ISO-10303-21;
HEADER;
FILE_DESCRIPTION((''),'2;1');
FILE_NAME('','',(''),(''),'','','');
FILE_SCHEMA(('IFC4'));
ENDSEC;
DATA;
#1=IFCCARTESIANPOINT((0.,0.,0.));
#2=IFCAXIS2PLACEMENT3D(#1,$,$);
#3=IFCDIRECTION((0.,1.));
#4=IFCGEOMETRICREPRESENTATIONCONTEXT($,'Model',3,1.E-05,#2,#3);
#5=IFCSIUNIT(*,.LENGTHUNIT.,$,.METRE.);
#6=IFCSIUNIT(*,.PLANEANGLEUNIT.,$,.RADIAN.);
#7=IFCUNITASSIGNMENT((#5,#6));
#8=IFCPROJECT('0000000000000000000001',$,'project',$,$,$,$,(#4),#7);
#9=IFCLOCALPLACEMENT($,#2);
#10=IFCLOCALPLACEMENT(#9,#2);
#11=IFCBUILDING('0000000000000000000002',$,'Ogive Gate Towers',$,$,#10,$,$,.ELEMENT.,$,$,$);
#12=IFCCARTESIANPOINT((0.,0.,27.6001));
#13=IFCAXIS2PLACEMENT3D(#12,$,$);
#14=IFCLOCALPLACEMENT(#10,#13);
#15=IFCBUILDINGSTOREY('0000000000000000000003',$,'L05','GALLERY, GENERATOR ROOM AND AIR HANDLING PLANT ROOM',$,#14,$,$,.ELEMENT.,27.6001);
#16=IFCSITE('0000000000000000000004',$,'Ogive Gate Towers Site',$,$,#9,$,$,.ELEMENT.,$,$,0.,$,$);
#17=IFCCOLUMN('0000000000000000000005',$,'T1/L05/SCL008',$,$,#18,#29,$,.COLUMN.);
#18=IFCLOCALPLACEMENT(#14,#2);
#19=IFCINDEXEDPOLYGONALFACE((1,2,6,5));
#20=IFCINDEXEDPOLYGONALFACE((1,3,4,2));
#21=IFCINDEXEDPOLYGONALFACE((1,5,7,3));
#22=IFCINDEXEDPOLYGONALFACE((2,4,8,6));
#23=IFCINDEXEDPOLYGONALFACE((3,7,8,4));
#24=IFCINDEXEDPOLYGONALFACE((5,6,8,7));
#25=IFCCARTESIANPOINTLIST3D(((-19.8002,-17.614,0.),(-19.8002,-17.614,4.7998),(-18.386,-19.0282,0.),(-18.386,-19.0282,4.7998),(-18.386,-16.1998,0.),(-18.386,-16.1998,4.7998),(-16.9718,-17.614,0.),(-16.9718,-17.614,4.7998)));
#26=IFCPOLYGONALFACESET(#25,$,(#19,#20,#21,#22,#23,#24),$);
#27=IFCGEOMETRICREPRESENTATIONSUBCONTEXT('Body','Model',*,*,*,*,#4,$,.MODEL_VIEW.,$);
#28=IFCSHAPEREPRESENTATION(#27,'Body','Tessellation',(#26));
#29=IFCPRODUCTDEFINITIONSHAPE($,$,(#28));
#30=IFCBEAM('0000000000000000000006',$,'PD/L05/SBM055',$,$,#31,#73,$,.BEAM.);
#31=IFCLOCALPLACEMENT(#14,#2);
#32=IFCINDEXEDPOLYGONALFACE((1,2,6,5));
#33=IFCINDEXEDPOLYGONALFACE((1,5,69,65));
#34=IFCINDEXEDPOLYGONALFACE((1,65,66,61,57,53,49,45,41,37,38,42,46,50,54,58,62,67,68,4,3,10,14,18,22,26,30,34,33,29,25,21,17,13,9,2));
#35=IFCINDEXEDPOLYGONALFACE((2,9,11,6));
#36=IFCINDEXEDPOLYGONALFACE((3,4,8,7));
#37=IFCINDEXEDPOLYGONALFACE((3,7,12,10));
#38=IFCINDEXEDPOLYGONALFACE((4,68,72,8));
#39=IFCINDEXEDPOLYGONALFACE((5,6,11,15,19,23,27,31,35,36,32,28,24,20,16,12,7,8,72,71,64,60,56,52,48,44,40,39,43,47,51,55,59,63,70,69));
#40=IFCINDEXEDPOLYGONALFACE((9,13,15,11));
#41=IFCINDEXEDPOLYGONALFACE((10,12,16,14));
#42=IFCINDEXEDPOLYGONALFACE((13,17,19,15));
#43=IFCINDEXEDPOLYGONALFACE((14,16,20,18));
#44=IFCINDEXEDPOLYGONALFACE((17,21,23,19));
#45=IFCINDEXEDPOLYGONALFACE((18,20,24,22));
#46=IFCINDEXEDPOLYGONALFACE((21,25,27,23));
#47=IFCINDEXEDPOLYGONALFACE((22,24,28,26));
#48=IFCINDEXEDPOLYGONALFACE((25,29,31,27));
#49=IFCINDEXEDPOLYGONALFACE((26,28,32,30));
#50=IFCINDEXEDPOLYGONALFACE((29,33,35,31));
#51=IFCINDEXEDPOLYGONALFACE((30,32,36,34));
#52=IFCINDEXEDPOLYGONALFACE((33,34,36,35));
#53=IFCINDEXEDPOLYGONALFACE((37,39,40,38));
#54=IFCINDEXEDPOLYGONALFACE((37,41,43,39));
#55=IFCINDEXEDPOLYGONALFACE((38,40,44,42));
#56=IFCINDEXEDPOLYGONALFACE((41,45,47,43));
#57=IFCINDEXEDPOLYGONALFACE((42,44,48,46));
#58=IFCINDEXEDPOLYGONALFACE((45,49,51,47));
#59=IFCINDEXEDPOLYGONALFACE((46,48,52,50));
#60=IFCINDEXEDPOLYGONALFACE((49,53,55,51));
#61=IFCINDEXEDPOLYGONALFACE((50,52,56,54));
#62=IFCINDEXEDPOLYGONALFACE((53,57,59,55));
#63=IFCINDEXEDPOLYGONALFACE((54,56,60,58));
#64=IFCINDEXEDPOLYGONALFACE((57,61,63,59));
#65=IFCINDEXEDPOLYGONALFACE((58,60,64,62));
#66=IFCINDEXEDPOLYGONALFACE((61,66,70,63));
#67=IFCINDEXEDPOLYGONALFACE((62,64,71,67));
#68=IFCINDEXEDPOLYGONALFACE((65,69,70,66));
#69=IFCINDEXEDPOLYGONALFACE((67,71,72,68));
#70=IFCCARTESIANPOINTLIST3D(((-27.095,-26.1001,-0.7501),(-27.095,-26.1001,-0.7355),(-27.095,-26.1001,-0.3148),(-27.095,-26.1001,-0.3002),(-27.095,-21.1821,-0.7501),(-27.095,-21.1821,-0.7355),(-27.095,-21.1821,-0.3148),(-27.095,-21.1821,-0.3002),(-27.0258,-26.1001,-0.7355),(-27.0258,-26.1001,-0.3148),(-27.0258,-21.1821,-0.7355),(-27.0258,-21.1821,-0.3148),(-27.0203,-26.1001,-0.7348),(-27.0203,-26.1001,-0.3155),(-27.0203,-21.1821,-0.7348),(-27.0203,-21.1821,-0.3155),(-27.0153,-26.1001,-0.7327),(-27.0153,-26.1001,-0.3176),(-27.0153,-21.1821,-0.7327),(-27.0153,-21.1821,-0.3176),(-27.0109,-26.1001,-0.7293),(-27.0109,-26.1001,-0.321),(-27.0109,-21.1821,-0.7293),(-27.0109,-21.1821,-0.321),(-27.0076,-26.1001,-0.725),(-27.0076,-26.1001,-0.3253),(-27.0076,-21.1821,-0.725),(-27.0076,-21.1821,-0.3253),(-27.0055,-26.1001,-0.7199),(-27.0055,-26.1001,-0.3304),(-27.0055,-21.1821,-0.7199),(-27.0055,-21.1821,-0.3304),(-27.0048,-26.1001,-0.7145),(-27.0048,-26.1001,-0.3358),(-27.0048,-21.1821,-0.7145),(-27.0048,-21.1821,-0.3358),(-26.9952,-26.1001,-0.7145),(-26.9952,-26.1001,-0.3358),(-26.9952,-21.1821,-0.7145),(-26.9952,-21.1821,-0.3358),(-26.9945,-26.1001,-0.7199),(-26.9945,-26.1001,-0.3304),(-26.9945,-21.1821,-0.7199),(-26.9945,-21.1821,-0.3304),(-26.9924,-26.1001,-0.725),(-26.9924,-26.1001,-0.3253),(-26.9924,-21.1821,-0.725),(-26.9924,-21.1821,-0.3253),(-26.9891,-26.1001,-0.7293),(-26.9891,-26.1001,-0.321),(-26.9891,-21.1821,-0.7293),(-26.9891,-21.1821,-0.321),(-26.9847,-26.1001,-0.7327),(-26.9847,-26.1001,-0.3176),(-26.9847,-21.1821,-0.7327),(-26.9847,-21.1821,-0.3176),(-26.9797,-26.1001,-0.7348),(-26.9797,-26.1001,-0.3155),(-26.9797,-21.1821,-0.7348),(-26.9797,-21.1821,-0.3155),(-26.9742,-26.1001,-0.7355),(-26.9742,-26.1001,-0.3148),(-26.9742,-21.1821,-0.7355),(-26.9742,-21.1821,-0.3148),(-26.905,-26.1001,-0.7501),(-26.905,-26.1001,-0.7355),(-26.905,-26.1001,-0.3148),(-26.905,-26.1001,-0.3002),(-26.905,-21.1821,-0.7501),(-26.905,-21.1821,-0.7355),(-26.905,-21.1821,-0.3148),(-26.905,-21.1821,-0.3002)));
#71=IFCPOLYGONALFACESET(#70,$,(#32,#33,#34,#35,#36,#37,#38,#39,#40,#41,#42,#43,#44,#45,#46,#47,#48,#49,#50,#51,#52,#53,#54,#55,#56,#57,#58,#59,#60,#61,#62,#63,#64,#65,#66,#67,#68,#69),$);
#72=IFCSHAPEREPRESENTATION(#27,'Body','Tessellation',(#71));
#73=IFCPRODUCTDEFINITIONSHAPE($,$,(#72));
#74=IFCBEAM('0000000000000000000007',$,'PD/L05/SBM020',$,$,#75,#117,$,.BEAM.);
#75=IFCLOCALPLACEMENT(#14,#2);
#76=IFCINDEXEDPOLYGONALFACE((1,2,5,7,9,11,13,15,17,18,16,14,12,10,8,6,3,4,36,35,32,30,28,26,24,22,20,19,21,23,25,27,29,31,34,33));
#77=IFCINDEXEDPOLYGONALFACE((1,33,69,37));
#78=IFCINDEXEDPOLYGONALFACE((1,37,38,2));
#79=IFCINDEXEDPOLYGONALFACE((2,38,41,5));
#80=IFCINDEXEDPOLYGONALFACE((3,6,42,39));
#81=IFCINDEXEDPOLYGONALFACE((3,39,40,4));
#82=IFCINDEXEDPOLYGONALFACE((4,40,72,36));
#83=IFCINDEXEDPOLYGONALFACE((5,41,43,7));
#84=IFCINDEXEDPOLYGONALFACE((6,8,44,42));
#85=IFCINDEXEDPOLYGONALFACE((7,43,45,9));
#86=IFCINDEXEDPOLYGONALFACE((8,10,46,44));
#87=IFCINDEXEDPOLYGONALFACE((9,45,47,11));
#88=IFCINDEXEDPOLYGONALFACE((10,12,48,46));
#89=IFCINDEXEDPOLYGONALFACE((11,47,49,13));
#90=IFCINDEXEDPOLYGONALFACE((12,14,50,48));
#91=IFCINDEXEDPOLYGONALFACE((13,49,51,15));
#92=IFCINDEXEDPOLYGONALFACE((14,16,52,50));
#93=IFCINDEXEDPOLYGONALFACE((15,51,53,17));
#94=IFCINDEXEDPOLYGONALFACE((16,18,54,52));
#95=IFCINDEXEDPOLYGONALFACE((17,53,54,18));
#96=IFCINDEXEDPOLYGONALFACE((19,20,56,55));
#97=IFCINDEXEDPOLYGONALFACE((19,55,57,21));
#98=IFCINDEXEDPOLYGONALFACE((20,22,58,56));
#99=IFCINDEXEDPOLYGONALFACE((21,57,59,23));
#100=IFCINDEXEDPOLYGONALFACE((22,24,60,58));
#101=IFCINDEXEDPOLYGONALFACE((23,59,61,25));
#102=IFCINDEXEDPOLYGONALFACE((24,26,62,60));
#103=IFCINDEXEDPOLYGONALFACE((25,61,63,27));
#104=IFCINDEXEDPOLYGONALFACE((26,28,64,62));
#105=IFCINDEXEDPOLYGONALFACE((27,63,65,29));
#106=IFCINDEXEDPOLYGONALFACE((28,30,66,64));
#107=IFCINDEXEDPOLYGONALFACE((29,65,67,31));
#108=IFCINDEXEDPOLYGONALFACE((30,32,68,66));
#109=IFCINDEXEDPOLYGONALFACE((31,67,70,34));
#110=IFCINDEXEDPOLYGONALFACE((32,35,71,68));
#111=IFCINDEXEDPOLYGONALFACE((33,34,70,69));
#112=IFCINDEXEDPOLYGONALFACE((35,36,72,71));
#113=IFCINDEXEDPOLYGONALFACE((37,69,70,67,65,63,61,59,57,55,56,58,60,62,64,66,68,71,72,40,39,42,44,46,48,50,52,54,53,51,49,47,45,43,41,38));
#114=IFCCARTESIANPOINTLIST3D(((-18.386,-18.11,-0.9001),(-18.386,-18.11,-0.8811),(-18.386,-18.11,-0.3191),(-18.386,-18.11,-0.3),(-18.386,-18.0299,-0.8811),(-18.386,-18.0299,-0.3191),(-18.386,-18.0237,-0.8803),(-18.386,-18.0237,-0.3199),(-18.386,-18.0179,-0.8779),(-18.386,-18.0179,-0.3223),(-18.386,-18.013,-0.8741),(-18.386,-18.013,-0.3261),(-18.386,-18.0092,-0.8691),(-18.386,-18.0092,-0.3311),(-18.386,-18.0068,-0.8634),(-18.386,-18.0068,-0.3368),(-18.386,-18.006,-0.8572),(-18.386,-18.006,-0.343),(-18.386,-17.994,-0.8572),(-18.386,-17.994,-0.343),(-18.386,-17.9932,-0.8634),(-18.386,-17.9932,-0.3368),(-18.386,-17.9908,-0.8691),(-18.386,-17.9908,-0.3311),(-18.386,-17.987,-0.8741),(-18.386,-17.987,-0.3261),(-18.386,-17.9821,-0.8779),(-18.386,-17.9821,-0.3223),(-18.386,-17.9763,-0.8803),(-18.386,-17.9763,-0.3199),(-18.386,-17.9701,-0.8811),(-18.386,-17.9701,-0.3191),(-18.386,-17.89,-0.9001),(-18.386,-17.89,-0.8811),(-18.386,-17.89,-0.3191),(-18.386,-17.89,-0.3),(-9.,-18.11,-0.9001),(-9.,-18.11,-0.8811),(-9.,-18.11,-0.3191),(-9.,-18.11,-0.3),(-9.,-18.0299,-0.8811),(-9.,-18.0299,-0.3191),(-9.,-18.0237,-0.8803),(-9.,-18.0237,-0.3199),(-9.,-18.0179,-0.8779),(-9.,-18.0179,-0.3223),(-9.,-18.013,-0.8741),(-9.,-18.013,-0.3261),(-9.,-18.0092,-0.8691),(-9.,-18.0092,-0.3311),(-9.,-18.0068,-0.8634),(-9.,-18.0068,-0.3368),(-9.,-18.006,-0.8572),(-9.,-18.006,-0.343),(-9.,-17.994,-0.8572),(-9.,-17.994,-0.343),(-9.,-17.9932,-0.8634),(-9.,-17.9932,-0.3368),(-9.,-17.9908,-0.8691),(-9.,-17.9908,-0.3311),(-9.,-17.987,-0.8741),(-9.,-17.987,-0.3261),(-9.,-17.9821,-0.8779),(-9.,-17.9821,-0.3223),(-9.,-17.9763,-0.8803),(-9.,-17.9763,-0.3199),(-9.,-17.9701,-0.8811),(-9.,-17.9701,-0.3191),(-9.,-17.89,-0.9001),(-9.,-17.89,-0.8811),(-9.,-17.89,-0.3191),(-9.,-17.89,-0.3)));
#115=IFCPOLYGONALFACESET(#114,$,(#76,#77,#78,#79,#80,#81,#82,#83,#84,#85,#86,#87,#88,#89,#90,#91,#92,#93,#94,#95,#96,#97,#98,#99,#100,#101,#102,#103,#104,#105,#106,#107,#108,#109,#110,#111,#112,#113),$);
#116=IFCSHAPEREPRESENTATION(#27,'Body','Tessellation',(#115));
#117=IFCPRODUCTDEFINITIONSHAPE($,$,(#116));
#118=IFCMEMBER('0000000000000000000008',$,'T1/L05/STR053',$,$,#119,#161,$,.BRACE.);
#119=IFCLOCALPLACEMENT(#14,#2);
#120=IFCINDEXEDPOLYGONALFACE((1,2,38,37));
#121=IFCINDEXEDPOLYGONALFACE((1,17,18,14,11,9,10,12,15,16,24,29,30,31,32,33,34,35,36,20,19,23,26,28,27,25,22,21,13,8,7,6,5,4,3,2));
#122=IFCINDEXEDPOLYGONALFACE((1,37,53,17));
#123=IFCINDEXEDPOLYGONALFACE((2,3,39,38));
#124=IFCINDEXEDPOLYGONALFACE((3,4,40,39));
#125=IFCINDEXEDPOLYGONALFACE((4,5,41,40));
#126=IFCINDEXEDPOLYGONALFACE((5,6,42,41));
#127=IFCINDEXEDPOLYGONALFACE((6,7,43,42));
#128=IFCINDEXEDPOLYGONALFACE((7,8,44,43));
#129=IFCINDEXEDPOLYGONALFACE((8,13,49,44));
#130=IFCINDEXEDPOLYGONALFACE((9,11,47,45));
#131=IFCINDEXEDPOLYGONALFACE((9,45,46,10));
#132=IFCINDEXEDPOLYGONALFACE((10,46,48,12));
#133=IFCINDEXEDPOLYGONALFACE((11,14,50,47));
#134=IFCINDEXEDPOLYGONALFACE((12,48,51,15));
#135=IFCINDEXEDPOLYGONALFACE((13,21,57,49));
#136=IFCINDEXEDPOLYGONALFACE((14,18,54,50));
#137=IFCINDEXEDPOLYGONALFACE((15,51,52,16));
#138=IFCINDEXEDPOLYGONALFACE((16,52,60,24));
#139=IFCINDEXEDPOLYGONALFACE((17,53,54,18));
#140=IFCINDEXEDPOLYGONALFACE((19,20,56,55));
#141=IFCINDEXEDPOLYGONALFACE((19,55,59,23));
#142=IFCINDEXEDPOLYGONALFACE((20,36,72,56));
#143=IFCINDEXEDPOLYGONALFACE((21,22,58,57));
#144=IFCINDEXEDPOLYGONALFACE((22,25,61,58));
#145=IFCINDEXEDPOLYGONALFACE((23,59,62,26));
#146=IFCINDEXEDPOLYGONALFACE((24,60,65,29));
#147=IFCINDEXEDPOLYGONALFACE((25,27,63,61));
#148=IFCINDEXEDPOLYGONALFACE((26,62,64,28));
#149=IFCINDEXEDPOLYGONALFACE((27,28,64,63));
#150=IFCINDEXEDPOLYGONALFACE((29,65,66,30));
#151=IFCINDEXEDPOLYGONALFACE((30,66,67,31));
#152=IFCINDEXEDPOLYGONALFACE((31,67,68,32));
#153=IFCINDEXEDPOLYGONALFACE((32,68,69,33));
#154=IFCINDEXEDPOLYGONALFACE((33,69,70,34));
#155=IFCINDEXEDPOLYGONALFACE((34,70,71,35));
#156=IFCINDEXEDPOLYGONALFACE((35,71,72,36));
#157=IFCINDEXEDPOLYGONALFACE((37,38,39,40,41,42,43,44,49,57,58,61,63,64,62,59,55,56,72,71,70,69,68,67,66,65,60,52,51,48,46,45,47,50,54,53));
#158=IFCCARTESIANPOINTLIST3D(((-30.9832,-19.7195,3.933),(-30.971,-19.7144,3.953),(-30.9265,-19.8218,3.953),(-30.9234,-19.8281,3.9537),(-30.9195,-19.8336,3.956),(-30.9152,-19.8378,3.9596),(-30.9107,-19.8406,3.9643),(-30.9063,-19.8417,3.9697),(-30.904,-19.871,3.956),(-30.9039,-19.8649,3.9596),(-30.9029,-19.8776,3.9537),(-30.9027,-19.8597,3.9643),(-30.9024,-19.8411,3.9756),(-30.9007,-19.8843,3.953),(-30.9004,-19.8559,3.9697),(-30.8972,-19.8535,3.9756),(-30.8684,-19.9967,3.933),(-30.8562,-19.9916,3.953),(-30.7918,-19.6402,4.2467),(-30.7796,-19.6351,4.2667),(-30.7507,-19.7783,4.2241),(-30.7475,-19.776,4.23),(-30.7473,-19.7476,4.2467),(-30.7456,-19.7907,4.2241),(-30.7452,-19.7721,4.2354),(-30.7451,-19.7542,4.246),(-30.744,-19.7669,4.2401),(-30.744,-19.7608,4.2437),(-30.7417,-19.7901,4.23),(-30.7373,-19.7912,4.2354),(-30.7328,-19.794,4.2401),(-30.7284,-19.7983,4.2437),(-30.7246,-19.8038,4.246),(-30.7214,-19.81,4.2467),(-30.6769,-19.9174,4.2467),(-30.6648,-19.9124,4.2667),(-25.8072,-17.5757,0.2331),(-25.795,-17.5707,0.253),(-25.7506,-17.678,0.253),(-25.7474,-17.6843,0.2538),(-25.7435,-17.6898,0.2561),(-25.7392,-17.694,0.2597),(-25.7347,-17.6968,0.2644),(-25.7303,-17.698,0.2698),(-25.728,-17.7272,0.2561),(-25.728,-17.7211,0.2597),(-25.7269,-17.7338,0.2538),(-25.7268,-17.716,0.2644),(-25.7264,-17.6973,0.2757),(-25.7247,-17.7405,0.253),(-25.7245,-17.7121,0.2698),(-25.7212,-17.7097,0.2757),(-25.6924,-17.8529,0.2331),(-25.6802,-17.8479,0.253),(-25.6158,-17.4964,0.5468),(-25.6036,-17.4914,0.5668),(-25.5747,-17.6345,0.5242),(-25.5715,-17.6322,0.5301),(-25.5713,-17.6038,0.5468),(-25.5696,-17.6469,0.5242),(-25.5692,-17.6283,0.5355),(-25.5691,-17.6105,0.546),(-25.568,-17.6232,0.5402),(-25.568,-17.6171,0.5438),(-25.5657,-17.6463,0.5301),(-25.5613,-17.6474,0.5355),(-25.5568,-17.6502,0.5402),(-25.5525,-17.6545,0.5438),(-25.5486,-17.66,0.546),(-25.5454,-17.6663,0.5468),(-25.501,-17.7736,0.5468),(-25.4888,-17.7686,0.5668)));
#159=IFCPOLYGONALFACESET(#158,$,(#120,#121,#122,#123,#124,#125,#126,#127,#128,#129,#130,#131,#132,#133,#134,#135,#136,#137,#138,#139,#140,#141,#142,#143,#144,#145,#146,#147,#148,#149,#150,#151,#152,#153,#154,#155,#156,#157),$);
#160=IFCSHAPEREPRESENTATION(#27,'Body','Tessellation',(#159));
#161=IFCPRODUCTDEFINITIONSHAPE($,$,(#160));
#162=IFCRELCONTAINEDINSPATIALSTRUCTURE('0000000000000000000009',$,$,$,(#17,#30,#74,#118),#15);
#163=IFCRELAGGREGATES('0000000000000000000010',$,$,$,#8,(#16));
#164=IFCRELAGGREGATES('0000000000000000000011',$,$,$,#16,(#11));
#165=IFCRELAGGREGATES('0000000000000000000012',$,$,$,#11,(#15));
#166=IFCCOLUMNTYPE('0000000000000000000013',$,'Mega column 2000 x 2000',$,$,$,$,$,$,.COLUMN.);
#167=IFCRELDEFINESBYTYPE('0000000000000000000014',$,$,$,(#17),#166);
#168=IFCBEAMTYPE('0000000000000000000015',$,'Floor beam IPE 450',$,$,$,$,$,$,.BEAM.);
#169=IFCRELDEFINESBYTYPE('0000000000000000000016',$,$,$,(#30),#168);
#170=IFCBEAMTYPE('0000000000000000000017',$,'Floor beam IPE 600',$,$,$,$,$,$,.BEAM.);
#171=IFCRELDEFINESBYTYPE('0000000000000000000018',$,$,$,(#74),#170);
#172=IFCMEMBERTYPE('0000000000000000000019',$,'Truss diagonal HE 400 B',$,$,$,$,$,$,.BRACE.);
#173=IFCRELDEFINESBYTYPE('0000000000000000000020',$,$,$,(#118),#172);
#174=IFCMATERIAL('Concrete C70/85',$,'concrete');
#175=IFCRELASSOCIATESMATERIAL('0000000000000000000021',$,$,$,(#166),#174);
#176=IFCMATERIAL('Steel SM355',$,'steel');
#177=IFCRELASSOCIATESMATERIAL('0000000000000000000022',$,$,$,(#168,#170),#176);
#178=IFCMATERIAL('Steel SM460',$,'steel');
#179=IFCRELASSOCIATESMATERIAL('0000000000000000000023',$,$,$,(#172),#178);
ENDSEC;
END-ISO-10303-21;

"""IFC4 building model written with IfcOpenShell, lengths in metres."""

from ifc_helpers import new_model, si_unit, direction, frame, origin, origin_2d, place, context, subcontext, project, spatial, rectangle, i_section, extrude, material, material_profile, profile_set, type_object, element, save


model = new_model("IFC4")

# Units and contexts
model_context = context("Model", 3, precision=1e-05, world=origin(), true_north=direction((0.0, 1.0)))
body_context = subcontext(model_context, "Body", "Model", "MODEL_VIEW")
ifc_project = project(units=[si_unit("LENGTHUNIT", "METRE"), si_unit("PLANEANGLEUNIT", "RADIAN")], contexts=[model_context])

# Site, building, storey
site_placement = place(None, origin())
site = spatial("IfcSite", under=ifc_project, at=site_placement, Name="Ogive Gate Towers Site", CompositionType="ELEMENT", RefElevation=0.0)
building_placement = place(site_placement, origin())
building = spatial("IfcBuilding", under=site, at=building_placement, Name="Ogive Gate Towers", CompositionType="ELEMENT")
storey_placement = place(building_placement, frame((0.0, 0.0, 27.6001)))
storey = spatial("IfcBuildingStorey", under=building, at=storey_placement, Name="L05", Description="GALLERY, GENERATOR ROOM AND AIR HANDLING PLANT ROOM", CompositionType="ELEMENT", Elevation=27.6001)

# Column
ifc_material_1 = material(Name="Concrete C70/85", Category="concrete")
ifc_material_profile_1 = material_profile(ifc_material_1, rectangle(XDim=2.0, YDim=2.0, at=origin_2d()), Name="RC 2000x2000")
ifc_profile_set_1 = profile_set([ifc_material_profile_1], Name="Concrete C70/85")
column_type = type_object("IfcColumnType", Name="Mega column 2000 x 2000", PredefinedType="COLUMN", material=ifc_profile_set_1)
column_placement = place(storey_placement, frame((-18.386, -17.614, 0.0), z_axis=(0.0, 0.0, 1.0), x_axis=(0.707107, -0.707107, 0.0)))
element("IfcColumn", 1, at=column_placement, inside=storey, type_object=column_type, Name="T1/L05/SCL008", PredefinedType="COLUMN", context=body_context, shape_type="SweptSolid", body=[
    extrude(rectangle(XDim=2.0, YDim=2.0, at=origin_2d()), origin(), (0.0, 0.0, 1.0), 4.7998),
])

# Beams
ifc_material_2 = material(Name="Steel SM355", Category="steel")
ifc_material_profile_2 = material_profile(ifc_material_2, i_section(OverallWidth=0.1899, OverallDepth=0.45, WebThickness=0.0095, FlangeThickness=0.0146, FilletRadius=0.021, at=origin_2d()), Name="IPE 450")
ifc_profile_set_2 = profile_set([ifc_material_profile_2], Name="Steel SM355")
beam_type_1 = type_object("IfcBeamType", Name="Floor beam IPE 450", PredefinedType="BEAM", material=ifc_profile_set_2)
beam_1_placement = place(storey_placement, frame((-27.0, -26.1001, -0.5251), z_axis=(0.0, 1.0, 0.0), x_axis=(-1.0, 0.0, 0.0)))
element("IfcBeam", 2, at=beam_1_placement, inside=storey, type_object=beam_type_1, Name="PD/L05/SBM055", PredefinedType="BEAM", context=body_context, shape_type="SweptSolid", body=[
    extrude(i_section(OverallWidth=0.1899, OverallDepth=0.45, WebThickness=0.0095, FlangeThickness=0.0146, FilletRadius=0.021, at=origin_2d()), origin(), (0.0, 0.0, 1.0), 4.918),
])
ifc_material_profile_3 = material_profile(ifc_material_2, i_section(OverallWidth=0.22, OverallDepth=0.6001, WebThickness=0.012, FlangeThickness=0.019, FilletRadius=0.0239, at=origin_2d()), Name="IPE 600")
ifc_profile_set_3 = profile_set([ifc_material_profile_3], Name="Steel SM355")
beam_type_2 = type_object("IfcBeamType", Name="Floor beam IPE 600", PredefinedType="BEAM", material=ifc_profile_set_3)
beam_2_placement = place(storey_placement, frame((-18.386, -18.0, -0.6001), z_axis=(1.0, 0.0, 0.0), x_axis=(0.0, 1.0, 0.0)))
element("IfcBeam", 3, at=beam_2_placement, inside=storey, type_object=beam_type_2, Name="PD/L05/SBM020", PredefinedType="BEAM", context=body_context, shape_type="SweptSolid", body=[
    extrude(i_section(OverallWidth=0.22, OverallDepth=0.6001, WebThickness=0.012, FlangeThickness=0.019, FilletRadius=0.0239, at=origin_2d()), origin(), (0.0, 0.0, 1.0), 9.386),
])

# Member
ifc_material_3 = material(Name="Steel SM460", Category="steel")
ifc_material_profile_4 = material_profile(ifc_material_3, i_section(OverallWidth=0.3, OverallDepth=0.3999, WebThickness=0.0134, FlangeThickness=0.0239, FilletRadius=0.0271, at=origin_2d()), Name="HE 400 B")
ifc_profile_set_4 = profile_set([ifc_material_profile_4], Name="Steel SM460")
member_type_1 = type_object("IfcMemberType", Name="Truss diagonal HE 400 B", PredefinedType="BRACE", material=ifc_profile_set_4)
member_1_placement = place(storey_placement, frame((-30.824, -19.8159, 4.0999), z_axis=(0.770939, 0.319306, -0.551086), x_axis=(-0.382656, 0.923891, 0.0)))
element("IfcMember", 4, at=member_1_placement, inside=storey, type_object=member_type_1, Name="T1/L05/STR053", PredefinedType="BRACE", context=body_context, shape_type="SweptSolid", body=[
    extrude(i_section(OverallWidth=0.3, OverallDepth=0.3999, WebThickness=0.0134, FlangeThickness=0.0239, FilletRadius=0.0271, at=origin_2d()), origin(), (0.0, 0.0, 1.0), 6.7139),
])

save(model, "model.ifc")
